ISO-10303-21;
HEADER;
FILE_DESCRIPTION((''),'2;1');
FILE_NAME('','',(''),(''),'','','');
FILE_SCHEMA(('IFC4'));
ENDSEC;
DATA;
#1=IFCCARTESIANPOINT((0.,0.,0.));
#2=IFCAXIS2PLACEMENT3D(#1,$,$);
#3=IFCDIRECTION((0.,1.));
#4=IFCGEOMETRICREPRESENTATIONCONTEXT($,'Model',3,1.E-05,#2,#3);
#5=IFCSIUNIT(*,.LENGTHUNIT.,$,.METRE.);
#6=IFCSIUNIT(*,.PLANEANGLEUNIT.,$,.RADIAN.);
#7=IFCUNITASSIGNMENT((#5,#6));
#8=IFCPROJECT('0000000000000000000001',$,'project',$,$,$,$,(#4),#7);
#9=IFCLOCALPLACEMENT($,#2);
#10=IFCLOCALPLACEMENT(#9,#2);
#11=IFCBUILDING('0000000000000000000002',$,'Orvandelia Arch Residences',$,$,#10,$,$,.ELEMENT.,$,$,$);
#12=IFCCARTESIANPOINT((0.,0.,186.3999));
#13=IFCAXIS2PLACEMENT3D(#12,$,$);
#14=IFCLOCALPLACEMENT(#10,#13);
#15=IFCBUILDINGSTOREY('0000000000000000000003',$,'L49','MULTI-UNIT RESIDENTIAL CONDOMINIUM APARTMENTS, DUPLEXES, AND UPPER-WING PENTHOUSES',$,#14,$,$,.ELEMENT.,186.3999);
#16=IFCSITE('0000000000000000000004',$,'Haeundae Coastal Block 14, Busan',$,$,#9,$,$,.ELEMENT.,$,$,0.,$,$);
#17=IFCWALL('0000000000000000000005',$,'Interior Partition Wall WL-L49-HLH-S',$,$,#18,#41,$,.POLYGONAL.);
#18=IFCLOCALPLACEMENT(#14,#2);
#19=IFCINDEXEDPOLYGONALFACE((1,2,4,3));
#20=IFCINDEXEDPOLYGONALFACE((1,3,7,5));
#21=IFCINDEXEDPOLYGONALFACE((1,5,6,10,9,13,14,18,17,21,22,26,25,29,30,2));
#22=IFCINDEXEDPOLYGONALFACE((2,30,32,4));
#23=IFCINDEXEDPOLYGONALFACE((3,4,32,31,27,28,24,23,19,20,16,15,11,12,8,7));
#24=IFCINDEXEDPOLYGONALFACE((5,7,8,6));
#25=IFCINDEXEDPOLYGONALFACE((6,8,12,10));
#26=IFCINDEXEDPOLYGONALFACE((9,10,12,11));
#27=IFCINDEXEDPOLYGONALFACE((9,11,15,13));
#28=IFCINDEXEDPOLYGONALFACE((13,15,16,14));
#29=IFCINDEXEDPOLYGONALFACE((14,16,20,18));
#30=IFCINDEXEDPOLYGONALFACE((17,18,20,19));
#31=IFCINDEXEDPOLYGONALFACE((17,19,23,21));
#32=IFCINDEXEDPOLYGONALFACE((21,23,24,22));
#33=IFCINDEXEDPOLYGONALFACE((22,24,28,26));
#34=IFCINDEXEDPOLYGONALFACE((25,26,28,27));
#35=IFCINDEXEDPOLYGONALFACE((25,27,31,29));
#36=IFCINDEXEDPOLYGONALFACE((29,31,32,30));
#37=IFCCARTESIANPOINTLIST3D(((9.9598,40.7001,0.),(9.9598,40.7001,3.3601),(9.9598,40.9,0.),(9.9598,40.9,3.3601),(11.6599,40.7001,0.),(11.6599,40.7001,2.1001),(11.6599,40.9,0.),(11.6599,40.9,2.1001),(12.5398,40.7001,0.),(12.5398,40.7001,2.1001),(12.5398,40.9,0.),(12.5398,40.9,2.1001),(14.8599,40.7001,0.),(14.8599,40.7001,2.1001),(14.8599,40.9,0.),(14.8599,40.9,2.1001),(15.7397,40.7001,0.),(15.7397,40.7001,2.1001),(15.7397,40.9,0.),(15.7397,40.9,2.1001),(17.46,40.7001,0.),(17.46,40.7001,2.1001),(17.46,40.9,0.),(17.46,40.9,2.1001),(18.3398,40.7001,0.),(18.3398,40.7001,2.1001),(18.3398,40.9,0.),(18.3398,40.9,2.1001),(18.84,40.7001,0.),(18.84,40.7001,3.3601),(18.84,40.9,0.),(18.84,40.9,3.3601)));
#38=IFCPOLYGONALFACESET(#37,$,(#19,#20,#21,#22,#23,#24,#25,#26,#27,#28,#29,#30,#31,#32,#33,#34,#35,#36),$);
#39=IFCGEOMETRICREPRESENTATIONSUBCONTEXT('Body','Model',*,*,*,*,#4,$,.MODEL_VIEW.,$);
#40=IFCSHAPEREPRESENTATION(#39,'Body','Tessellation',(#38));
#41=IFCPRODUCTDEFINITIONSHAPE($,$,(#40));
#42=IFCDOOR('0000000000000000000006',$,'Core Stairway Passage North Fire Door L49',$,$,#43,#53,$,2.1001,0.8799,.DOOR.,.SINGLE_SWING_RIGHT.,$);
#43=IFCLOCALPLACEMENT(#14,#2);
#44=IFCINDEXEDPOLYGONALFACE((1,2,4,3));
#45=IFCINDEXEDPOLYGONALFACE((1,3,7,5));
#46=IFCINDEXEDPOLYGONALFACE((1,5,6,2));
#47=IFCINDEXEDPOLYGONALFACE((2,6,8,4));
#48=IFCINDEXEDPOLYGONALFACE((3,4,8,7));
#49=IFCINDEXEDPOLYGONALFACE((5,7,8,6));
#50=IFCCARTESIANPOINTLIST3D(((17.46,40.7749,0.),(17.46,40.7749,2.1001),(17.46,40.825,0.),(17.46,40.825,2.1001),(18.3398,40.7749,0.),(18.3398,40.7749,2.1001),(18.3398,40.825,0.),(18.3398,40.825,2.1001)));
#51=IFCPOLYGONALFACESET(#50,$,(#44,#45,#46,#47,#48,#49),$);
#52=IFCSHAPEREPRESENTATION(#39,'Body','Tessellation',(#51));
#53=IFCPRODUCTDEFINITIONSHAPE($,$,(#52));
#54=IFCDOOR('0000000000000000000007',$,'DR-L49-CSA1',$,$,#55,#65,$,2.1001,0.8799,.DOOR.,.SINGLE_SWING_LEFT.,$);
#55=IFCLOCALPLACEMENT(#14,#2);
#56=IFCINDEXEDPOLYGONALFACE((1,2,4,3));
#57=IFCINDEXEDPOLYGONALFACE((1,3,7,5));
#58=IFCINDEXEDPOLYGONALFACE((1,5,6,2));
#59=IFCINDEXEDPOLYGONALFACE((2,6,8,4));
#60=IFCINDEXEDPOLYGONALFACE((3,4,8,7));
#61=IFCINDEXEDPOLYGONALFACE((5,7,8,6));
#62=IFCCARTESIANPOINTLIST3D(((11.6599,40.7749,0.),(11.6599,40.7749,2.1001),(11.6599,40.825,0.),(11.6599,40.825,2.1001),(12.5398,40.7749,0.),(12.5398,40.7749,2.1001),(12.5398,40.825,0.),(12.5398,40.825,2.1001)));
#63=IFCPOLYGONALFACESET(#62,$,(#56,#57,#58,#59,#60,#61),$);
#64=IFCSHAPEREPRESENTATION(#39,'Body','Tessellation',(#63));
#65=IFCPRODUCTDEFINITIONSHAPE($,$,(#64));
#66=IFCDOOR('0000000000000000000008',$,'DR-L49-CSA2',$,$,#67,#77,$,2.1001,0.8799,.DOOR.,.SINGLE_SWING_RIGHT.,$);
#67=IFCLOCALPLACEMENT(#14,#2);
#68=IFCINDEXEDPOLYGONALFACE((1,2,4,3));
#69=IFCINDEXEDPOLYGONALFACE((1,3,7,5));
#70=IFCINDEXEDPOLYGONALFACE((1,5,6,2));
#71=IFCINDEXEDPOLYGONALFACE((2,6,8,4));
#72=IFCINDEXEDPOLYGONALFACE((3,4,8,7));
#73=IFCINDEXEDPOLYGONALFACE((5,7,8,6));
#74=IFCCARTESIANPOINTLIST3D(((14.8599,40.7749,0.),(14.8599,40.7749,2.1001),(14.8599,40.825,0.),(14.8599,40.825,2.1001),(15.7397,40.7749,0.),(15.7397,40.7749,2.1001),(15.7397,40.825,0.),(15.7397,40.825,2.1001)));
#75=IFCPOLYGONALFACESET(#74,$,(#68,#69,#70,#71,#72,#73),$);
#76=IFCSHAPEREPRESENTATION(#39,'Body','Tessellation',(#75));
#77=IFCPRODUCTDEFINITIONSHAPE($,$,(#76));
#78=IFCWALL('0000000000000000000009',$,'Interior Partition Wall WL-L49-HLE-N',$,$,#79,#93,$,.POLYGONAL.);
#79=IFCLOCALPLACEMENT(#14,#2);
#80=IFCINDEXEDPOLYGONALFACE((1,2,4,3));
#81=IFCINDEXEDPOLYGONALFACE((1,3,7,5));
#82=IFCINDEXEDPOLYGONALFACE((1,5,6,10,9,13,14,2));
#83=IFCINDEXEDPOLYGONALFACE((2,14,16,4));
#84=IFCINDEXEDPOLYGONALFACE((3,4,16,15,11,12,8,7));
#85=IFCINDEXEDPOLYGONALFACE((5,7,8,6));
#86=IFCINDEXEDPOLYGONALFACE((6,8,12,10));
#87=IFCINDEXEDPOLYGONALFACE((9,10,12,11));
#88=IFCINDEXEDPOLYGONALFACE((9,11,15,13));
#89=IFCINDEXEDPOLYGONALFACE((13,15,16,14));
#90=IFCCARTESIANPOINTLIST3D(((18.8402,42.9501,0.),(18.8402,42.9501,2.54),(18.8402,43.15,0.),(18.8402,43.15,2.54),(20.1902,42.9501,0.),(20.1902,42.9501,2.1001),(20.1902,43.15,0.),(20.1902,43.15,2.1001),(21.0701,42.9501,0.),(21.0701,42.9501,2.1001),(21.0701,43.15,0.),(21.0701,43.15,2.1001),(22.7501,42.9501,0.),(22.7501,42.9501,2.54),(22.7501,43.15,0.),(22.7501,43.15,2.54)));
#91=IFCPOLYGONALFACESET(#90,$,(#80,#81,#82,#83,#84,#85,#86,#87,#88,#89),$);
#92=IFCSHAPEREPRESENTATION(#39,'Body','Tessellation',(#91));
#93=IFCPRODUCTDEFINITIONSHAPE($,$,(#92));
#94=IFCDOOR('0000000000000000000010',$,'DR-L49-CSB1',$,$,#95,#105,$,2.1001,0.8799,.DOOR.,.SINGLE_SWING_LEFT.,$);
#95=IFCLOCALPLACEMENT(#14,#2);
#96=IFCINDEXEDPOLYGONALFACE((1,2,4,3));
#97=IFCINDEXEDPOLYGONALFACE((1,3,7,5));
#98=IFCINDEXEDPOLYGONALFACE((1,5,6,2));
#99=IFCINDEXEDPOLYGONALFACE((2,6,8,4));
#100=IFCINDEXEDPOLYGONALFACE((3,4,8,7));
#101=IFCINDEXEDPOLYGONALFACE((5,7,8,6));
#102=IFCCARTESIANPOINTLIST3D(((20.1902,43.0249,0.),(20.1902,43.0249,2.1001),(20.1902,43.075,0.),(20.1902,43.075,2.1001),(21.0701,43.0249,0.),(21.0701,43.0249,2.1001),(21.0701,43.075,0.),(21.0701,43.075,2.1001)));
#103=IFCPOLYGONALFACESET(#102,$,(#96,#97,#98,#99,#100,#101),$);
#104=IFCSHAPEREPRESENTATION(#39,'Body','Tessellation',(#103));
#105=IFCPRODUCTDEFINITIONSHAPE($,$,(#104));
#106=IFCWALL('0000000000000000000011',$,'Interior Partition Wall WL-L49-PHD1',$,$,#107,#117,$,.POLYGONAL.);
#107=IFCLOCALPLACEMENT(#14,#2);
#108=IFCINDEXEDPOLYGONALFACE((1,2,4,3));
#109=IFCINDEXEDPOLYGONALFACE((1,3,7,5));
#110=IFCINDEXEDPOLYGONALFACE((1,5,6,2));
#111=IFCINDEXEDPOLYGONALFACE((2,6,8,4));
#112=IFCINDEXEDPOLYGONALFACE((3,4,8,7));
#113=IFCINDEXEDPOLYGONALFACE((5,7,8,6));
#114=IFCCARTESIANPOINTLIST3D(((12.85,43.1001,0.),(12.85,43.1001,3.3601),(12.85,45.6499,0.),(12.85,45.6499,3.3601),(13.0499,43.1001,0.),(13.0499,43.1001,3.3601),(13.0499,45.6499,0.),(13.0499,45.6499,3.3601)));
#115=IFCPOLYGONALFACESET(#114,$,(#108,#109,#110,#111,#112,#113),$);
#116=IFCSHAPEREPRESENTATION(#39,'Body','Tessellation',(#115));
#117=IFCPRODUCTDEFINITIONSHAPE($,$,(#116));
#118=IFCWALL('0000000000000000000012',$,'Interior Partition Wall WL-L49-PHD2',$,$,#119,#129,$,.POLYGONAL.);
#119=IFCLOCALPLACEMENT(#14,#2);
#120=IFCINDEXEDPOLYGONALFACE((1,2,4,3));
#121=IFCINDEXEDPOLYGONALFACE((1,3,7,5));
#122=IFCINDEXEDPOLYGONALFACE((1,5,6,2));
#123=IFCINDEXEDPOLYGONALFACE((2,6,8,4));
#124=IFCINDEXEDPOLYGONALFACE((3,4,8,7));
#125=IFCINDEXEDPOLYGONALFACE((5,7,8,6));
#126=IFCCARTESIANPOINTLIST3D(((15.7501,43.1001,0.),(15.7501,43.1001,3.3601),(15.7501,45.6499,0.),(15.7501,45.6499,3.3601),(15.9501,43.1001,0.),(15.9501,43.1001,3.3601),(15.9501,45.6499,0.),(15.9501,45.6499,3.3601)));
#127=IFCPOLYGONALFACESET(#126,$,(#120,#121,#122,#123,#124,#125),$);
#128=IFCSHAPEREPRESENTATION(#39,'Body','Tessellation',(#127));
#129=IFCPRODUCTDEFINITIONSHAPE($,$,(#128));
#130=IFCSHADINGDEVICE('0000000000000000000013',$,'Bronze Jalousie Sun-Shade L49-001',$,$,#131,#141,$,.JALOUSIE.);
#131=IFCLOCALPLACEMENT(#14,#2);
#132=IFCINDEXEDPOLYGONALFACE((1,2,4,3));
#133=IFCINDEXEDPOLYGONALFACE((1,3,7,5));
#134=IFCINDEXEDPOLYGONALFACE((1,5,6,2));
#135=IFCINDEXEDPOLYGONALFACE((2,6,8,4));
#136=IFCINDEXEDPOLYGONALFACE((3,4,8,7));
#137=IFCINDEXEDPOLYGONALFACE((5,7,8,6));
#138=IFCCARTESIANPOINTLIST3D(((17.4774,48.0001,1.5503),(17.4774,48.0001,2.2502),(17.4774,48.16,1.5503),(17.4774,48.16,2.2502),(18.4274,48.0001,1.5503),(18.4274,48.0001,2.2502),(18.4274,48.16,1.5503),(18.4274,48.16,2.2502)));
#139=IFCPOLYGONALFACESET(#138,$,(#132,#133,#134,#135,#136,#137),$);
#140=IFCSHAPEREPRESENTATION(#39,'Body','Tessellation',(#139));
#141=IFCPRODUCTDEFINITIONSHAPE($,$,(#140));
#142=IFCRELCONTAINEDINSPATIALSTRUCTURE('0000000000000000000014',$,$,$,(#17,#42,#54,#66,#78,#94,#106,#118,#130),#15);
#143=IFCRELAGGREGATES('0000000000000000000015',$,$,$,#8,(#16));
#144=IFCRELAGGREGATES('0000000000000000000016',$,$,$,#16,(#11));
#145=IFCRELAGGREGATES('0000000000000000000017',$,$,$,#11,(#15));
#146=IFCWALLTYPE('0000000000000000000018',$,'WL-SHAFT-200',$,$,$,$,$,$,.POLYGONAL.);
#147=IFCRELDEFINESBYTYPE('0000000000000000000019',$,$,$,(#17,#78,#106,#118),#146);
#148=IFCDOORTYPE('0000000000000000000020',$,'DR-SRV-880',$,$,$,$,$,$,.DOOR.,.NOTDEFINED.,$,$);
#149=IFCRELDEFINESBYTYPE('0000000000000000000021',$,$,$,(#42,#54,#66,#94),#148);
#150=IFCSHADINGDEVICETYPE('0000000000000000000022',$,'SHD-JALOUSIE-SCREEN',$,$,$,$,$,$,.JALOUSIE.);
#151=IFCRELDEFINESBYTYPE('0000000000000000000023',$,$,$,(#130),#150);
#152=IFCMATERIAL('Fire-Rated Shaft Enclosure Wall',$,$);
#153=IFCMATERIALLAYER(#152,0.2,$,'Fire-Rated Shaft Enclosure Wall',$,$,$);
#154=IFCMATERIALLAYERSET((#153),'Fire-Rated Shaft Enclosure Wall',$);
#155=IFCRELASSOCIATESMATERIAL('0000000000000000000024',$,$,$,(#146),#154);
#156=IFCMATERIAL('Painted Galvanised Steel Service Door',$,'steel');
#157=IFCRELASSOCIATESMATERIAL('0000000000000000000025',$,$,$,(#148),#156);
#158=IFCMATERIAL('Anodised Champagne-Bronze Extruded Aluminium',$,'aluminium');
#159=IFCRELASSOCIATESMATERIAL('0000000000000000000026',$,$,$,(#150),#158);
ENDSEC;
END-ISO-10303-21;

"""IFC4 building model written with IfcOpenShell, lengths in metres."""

from ifc_helpers import new_model, si_unit, direction, frame, frame_2d, origin, origin_2d, place, context, subcontext, project, spatial, rectangle, extrude, material, layer, layer_set, type_object, element, fill, save


model = new_model("IFC4")

# Units and contexts
model_context = context("Model", 3, precision=1e-05, world=origin(), true_north=direction((0.0, 1.0)))
body_context = subcontext(model_context, "Body", "Model", "MODEL_VIEW")
ifc_project = project(units=[si_unit("LENGTHUNIT", "METRE"), si_unit("PLANEANGLEUNIT", "RADIAN")], contexts=[model_context])

# Site, building, storey
site_placement = place(None, origin())
site = spatial("IfcSite", under=ifc_project, at=site_placement, Name="Haeundae Coastal Block 14, Busan", CompositionType="ELEMENT", RefElevation=0.0)
building_placement = place(site_placement, origin())
building = spatial("IfcBuilding", under=site, at=building_placement, Name="Orvandelia Arch Residences", CompositionType="ELEMENT")
storey_placement = place(building_placement, frame((0.0, 0.0, 186.3999)))
storey = spatial("IfcBuildingStorey", under=building, at=storey_placement, Name="L49", Description="MULTI-UNIT RESIDENTIAL CONDOMINIUM APARTMENTS, DUPLEXES, AND UPPER-WING PENTHOUSES", CompositionType="ELEMENT", Elevation=186.3999)

# Wall, openings, doors
ifc_material_1 = material(Name="Fire-Rated Shaft Enclosure Wall")
ifc_layer_1 = layer(ifc_material_1, 0.2, Name="Fire-Rated Shaft Enclosure Wall")
ifc_layer_set_1 = layer_set([ifc_layer_1], Name="Fire-Rated Shaft Enclosure Wall")
wall_type_1 = type_object("IfcWallType", Name="WL-SHAFT-200", PredefinedType="POLYGONAL", material=ifc_layer_set_1)
wall_1_placement = place(storey_placement, frame((9.96, 40.8, 0.0), z_axis=(0.0, 0.0, 1.0), x_axis=(1.0, 0.0, 0.0)))
wall_1 = element("IfcWall", 1, at=wall_1_placement, inside=storey, type_object=wall_type_1, Name="Interior Partition Wall WL-L49-HLH-S", PredefinedType="POLYGONAL", context=body_context, shape_type="SweptSolid", body=[
    extrude(rectangle(XDim=8.8801, YDim=0.2, at=frame_2d((4.4399, 0.0))), origin(), (0.0, 0.0, 1.0), 3.3601),
])
opening_1_placement = place(wall_1_placement, frame((7.5, 0.0, 0.0)))
opening_1 = element("IfcOpeningElement", 2, at=opening_1_placement, cuts=wall_1, PredefinedType="OPENING", context=body_context, shape_type="SweptSolid", body=[
    extrude(rectangle(XDim=0.8799, YDim=2.1001, at=frame_2d((0.4399, 1.05))), frame((0.0, 0.1099, 0.0), z_axis=(0.0, -1.0, 0.0), x_axis=(1.0, 0.0, 0.0)), (0.0, 0.0, 1.0), 0.22),
])
opening_2_placement = place(wall_1_placement, frame((1.7, 0.0, 0.0)))
opening_2 = element("IfcOpeningElement", 3, at=opening_2_placement, cuts=wall_1, PredefinedType="OPENING", context=body_context, shape_type="SweptSolid", body=[
    extrude(rectangle(XDim=0.8799, YDim=2.1001, at=frame_2d((0.4399, 1.05))), frame((0.0, 0.1099, 0.0), z_axis=(0.0, -1.0, 0.0), x_axis=(1.0, 0.0, 0.0)), (0.0, 0.0, 1.0), 0.22),
])
opening_3_placement = place(wall_1_placement, frame((4.8999, 0.0, 0.0)))
opening_3 = element("IfcOpeningElement", 4, at=opening_3_placement, cuts=wall_1, PredefinedType="OPENING", context=body_context, shape_type="SweptSolid", body=[
    extrude(rectangle(XDim=0.8799, YDim=2.1001, at=frame_2d((0.4399, 1.05))), frame((0.0, 0.1099, 0.0), z_axis=(0.0, -1.0, 0.0), x_axis=(1.0, 0.0, 0.0)), (0.0, 0.0, 1.0), 0.22),
])
ifc_material_2 = material(Name="Painted Galvanised Steel Service Door", Category="steel")
door_type_1 = type_object("IfcDoorType", Name="DR-SRV-880", OperationType="NOTDEFINED", PredefinedType="DOOR", material=ifc_material_2)
door_1_placement = place(opening_1_placement, origin())
door_1 = element("IfcDoor", 5, at=door_1_placement, inside=storey, type_object=door_type_1, Name="Core Stairway Passage North Fire Door L49", OperationType="SINGLE_SWING_RIGHT", OverallHeight=2.1001, OverallWidth=0.8799, PredefinedType="DOOR", context=body_context, shape_type="SweptSolid", body=[
    extrude(rectangle(XDim=0.8799, YDim=2.1001, at=frame_2d((0.4399, 1.05))), frame((0.0, 0.0249, 0.0), z_axis=(0.0, -1.0, 0.0), x_axis=(1.0, 0.0, 0.0)), (0.0, 0.0, 1.0), 0.05),
])
fill(opening_1, door_1)
door_2_placement = place(opening_2_placement, origin())
door_2 = element("IfcDoor", 6, at=door_2_placement, inside=storey, type_object=door_type_1, Name="DR-L49-CSA1", OperationType="SINGLE_SWING_LEFT", OverallHeight=2.1001, OverallWidth=0.8799, PredefinedType="DOOR", context=body_context, shape_type="SweptSolid", body=[
    extrude(rectangle(XDim=0.8799, YDim=2.1001, at=frame_2d((0.4399, 1.05))), frame((0.0, 0.0249, 0.0), z_axis=(0.0, -1.0, 0.0), x_axis=(1.0, 0.0, 0.0)), (0.0, 0.0, 1.0), 0.05),
])
fill(opening_2, door_2)
door_3_placement = place(opening_3_placement, origin())
door_3 = element("IfcDoor", 7, at=door_3_placement, inside=storey, type_object=door_type_1, Name="DR-L49-CSA2", OperationType="SINGLE_SWING_RIGHT", OverallHeight=2.1001, OverallWidth=0.8799, PredefinedType="DOOR", context=body_context, shape_type="SweptSolid", body=[
    extrude(rectangle(XDim=0.8799, YDim=2.1001, at=frame_2d((0.4399, 1.05))), frame((0.0, 0.0249, 0.0), z_axis=(0.0, -1.0, 0.0), x_axis=(1.0, 0.0, 0.0)), (0.0, 0.0, 1.0), 0.05),
])
fill(opening_3, door_3)

# Wall, opening, door
wall_2_placement = place(storey_placement, frame((18.8401, 43.05, 0.0), z_axis=(0.0, 0.0, 1.0), x_axis=(1.0, 0.0, 0.0)))
wall_2 = element("IfcWall", 8, at=wall_2_placement, inside=storey, type_object=wall_type_1, Name="Interior Partition Wall WL-L49-HLE-N", PredefinedType="POLYGONAL", context=body_context, shape_type="SweptSolid", body=[
    extrude(rectangle(XDim=3.9099, YDim=0.2, at=frame_2d((1.9551, 0.0))), origin(), (0.0, 0.0, 1.0), 2.54),
])
opening_4_placement = place(wall_2_placement, frame((1.3501, 0.0, 0.0)))
opening_4 = element("IfcOpeningElement", 9, at=opening_4_placement, cuts=wall_2, PredefinedType="OPENING", context=body_context, shape_type="SweptSolid", body=[
    extrude(rectangle(XDim=0.8799, YDim=2.1001, at=frame_2d((0.4399, 1.05))), frame((0.0, 0.1099, 0.0), z_axis=(0.0, -1.0, 0.0), x_axis=(1.0, 0.0, 0.0)), (0.0, 0.0, 1.0), 0.22),
])
door_4_placement = place(opening_4_placement, origin())
door_4 = element("IfcDoor", 10, at=door_4_placement, inside=storey, type_object=door_type_1, Name="DR-L49-CSB1", OperationType="SINGLE_SWING_LEFT", OverallHeight=2.1001, OverallWidth=0.8799, PredefinedType="DOOR", context=body_context, shape_type="SweptSolid", body=[
    extrude(rectangle(XDim=0.8799, YDim=2.1001, at=frame_2d((0.4399, 1.05))), frame((0.0, 0.0249, 0.0), z_axis=(0.0, -1.0, 0.0), x_axis=(1.0, 0.0, 0.0)), (0.0, 0.0, 1.0), 0.05),
])
fill(opening_4, door_4)

# Walls
for number, where, z_axis, x_axis, name in (
    (11, (12.95, 43.1001, 0.0), (0.0, 0.0, 1.0), (0.0, 1.0, 0.0), "Interior Partition Wall WL-L49-PHD1"),
    (12, (15.8501, 43.1001, 0.0), (0.0, 0.0, 1.0), (0.0, 1.0, 0.0), "Interior Partition Wall WL-L49-PHD2"),
):
    element("IfcWall", number, at=place(storey_placement, frame(where, z_axis=z_axis, x_axis=x_axis)), inside=storey, type_object=wall_type_1, Name=name, PredefinedType="POLYGONAL", context=body_context, shape_type="SweptSolid", body=[
        extrude(rectangle(XDim=2.5498, YDim=0.2, at=frame_2d((1.2749, 0.0))), origin(), (0.0, 0.0, 1.0), 3.3601),
    ])

# Shading device
ifc_material_3 = material(Name="Anodised Champagne-Bronze Extruded Aluminium", Category="aluminium")
shading_device_type = type_object("IfcShadingDeviceType", Name="SHD-JALOUSIE-SCREEN", PredefinedType="JALOUSIE", material=ifc_material_3)
shading_device_placement = place(storey_placement, frame((17.9524, 48.0801, 1.5503), z_axis=(0.0, 0.0, 1.0), x_axis=(1.0, 0.0, 0.0)))
element("IfcShadingDevice", 13, at=shading_device_placement, inside=storey, type_object=shading_device_type, Name="Bronze Jalousie Sun-Shade L49-001", PredefinedType="JALOUSIE", context=body_context, shape_type="SweptSolid", body=[
    extrude(rectangle(XDim=0.95, YDim=0.1599, at=origin_2d()), origin(), (0.0, 0.0, 1.0), 0.7),
])

save(model, "model.ifc")
